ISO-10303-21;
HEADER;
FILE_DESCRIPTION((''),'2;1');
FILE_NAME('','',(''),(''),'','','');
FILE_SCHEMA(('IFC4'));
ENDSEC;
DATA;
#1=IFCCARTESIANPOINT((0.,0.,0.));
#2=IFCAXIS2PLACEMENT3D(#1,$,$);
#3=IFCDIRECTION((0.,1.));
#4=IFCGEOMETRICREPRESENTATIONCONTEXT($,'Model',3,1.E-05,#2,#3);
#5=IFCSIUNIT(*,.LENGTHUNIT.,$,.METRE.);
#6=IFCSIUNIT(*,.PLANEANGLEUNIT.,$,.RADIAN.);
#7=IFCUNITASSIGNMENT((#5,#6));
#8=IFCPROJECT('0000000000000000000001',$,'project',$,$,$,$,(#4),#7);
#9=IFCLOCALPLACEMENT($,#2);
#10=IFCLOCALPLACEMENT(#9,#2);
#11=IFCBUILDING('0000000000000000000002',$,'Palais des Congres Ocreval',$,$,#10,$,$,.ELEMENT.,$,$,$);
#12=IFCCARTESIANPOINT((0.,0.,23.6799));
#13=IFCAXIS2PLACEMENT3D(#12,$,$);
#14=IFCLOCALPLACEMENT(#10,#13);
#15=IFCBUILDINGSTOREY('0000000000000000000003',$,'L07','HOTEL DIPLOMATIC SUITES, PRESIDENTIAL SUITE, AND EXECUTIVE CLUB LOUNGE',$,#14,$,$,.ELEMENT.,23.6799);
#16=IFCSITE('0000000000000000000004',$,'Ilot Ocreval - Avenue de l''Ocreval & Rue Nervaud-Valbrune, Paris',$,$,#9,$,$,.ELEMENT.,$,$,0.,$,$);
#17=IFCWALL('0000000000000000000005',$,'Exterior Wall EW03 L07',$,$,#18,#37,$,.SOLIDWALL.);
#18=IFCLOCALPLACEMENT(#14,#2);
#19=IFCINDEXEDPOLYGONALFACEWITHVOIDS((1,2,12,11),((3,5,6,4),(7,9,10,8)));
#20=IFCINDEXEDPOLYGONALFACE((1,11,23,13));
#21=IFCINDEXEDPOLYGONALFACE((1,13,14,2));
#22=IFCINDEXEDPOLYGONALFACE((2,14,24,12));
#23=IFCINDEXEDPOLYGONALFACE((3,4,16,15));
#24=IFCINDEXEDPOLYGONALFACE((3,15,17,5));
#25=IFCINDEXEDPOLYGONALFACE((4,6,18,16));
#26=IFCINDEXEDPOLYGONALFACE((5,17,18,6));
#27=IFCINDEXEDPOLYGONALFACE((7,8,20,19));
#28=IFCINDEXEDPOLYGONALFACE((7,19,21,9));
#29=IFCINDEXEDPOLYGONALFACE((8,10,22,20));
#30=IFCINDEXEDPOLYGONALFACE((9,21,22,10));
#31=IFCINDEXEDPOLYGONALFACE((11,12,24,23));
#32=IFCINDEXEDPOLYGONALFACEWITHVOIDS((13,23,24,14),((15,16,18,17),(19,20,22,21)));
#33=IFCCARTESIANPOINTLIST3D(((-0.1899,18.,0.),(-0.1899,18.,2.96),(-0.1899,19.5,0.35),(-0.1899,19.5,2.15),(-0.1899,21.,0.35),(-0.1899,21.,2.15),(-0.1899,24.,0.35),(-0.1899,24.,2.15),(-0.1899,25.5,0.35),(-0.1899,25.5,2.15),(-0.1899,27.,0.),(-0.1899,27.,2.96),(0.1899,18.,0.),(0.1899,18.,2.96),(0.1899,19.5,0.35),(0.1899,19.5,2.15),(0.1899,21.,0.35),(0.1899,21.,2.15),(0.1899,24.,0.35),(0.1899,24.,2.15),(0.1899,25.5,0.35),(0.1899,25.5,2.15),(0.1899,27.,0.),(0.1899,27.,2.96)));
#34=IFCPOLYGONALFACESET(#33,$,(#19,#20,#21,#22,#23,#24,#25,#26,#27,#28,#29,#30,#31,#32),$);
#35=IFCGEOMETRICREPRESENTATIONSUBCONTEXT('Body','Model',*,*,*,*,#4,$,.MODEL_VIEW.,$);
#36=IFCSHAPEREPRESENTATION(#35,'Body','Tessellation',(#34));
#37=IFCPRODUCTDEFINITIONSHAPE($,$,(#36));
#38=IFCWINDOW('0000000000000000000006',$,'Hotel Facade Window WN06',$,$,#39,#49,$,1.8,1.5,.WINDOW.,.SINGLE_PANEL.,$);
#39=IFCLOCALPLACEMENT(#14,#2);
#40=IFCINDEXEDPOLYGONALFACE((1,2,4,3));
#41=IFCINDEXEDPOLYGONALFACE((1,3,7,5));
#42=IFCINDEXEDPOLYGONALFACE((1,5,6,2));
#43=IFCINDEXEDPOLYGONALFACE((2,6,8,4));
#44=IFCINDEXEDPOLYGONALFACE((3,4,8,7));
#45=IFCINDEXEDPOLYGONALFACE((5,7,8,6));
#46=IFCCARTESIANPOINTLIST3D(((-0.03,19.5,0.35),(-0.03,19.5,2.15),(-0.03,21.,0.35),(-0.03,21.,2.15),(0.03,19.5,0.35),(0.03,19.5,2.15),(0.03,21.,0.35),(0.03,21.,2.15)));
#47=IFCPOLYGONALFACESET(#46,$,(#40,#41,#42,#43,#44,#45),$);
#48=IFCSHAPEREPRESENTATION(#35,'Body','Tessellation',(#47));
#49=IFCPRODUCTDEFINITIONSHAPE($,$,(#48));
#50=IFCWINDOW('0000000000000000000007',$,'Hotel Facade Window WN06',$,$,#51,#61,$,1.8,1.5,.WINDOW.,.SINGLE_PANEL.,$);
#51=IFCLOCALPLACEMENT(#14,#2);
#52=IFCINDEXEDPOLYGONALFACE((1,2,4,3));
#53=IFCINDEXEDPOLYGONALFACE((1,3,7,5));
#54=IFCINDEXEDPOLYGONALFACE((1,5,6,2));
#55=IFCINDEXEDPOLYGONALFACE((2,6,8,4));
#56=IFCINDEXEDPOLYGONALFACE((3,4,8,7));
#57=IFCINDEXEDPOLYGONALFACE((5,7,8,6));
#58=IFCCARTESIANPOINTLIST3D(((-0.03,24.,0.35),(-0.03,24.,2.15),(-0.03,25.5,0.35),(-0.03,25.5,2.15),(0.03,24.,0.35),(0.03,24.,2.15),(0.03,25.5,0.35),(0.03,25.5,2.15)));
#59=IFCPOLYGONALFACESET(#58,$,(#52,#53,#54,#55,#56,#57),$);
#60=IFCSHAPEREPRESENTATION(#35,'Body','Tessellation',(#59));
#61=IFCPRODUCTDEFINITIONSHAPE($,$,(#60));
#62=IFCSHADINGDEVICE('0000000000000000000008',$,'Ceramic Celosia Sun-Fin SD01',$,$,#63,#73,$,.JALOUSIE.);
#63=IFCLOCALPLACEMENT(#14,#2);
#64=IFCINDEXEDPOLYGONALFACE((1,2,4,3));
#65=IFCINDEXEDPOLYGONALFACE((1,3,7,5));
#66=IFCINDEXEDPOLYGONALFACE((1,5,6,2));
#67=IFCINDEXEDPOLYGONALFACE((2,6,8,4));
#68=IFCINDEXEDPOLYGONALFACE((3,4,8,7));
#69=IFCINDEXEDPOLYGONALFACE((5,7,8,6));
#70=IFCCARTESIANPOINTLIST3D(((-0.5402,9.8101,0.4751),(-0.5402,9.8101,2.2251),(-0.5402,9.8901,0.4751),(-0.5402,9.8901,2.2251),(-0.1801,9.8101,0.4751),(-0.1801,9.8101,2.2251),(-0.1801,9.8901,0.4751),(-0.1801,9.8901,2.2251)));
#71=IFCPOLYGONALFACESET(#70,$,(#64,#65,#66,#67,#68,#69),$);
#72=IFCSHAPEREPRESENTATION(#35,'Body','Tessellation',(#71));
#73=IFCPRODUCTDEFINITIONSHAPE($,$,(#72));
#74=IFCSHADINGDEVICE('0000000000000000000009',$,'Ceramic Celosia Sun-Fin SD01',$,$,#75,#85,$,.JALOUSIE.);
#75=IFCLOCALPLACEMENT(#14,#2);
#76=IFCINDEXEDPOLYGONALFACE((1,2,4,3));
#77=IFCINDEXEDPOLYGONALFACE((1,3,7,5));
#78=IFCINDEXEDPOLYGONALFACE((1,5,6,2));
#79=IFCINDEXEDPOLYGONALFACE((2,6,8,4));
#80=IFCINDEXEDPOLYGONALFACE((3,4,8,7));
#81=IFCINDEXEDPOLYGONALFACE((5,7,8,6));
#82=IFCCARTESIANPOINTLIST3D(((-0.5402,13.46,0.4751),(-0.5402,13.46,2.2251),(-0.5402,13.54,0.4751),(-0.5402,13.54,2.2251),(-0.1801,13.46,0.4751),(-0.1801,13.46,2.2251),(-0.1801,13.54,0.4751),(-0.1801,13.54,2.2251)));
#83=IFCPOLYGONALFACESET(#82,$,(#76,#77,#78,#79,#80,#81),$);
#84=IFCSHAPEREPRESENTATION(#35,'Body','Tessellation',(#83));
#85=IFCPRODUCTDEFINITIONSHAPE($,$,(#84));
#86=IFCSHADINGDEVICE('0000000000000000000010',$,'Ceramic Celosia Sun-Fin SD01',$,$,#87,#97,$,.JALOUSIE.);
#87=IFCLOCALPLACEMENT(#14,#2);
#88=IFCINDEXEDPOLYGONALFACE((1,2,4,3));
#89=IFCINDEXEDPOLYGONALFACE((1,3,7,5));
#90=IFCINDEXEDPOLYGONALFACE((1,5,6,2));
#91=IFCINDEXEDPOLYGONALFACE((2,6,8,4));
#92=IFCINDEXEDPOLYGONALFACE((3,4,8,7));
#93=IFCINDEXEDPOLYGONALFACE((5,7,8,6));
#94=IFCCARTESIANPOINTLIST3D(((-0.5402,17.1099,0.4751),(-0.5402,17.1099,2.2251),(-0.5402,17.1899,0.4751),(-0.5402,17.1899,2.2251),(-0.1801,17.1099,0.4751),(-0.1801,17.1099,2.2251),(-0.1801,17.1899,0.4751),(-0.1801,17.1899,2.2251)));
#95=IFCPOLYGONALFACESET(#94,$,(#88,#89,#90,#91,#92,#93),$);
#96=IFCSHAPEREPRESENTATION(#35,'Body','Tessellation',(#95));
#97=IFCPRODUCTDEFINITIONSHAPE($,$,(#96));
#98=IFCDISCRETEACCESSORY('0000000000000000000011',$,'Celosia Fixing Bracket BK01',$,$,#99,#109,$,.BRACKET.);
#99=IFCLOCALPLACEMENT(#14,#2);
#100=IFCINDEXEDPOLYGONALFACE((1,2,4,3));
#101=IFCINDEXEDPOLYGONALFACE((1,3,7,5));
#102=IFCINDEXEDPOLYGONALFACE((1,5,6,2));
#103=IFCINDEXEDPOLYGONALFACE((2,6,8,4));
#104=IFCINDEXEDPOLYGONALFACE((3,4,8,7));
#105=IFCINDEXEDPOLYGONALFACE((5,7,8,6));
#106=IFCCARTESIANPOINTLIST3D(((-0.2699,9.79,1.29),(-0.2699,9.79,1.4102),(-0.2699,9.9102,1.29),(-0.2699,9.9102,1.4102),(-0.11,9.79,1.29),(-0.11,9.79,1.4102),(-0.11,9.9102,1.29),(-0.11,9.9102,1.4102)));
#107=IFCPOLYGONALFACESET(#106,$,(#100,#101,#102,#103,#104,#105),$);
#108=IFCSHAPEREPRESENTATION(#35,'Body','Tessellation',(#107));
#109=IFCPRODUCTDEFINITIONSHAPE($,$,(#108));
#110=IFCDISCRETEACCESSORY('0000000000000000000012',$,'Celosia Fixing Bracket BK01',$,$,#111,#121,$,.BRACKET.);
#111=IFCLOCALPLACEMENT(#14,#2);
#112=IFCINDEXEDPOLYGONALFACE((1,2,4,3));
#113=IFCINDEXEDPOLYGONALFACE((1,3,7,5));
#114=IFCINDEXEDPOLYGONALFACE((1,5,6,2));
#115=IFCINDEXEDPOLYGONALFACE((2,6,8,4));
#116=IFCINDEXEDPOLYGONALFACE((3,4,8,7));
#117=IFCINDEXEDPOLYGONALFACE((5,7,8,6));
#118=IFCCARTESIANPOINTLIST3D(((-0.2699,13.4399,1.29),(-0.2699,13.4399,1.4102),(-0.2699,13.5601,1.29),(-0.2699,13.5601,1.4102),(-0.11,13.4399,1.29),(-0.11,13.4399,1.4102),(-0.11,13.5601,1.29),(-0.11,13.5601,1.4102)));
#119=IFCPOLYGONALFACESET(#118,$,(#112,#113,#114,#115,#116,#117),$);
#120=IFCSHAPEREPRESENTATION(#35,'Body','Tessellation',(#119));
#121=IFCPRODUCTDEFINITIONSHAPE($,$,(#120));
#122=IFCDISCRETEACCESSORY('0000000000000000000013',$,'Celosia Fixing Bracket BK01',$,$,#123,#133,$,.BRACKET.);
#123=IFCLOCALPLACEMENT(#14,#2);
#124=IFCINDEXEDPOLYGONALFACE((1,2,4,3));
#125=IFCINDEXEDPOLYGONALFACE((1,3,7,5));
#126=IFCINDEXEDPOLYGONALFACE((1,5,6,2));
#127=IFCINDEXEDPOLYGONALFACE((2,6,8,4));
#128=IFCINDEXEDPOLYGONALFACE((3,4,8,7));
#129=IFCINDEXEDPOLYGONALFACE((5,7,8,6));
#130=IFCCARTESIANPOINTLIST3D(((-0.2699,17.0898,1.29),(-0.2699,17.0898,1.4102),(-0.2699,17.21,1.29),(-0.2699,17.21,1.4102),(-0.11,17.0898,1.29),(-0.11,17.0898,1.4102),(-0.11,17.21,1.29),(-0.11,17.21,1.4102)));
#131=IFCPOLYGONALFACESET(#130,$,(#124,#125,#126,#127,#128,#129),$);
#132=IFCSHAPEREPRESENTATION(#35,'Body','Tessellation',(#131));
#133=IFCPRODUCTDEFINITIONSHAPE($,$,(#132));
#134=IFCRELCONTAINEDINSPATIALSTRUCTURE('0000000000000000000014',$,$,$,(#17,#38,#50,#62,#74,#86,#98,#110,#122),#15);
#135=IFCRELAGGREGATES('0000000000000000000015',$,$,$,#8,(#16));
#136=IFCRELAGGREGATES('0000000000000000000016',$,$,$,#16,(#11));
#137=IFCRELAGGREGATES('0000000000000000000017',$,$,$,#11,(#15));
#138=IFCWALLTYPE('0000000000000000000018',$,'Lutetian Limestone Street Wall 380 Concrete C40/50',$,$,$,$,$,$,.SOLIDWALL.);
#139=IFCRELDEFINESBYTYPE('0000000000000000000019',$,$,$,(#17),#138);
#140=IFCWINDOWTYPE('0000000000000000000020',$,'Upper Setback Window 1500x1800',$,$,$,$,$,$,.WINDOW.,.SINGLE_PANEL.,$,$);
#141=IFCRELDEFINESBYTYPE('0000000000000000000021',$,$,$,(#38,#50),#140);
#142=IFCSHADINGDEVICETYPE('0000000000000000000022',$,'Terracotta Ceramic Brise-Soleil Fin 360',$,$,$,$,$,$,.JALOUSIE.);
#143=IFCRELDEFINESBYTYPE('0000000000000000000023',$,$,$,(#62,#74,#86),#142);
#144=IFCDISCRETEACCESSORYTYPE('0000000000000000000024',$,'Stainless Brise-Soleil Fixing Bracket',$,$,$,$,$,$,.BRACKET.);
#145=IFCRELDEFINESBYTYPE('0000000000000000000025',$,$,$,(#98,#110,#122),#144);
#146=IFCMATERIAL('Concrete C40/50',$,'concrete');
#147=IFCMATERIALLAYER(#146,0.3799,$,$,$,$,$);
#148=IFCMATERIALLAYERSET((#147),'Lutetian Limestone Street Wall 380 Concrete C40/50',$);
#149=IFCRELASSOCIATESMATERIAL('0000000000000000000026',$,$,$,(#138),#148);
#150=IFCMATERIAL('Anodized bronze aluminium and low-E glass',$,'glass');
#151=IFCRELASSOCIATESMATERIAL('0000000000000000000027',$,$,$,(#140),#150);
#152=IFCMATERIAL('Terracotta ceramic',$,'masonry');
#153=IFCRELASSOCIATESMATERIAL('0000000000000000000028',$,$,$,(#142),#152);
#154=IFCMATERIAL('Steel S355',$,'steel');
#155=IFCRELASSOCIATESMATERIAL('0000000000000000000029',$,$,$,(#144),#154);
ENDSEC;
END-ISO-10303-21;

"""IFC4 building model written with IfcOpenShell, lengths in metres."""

from ifc_helpers import new_model, si_unit, direction, frame, frame_2d, origin, origin_2d, place, context, subcontext, project, spatial, rectangle, extrude, material, layer, layer_set, type_object, element, fill, save


model = new_model("IFC4")

# Units and contexts
model_context = context("Model", 3, precision=1e-05, world=origin(), true_north=direction((0.0, 1.0)))
body_context = subcontext(model_context, "Body", "Model", "MODEL_VIEW")
ifc_project = project(units=[si_unit("LENGTHUNIT", "METRE"), si_unit("PLANEANGLEUNIT", "RADIAN")], contexts=[model_context])

# Site, building, storey
site_placement = place(None, origin())
site = spatial("IfcSite", under=ifc_project, at=site_placement, Name="Ilot Ocreval - Avenue de l'Ocreval & Rue Nervaud-Valbrune, Paris", CompositionType="ELEMENT", RefElevation=0.0)
building_placement = place(site_placement, origin())
building = spatial("IfcBuilding", under=site, at=building_placement, Name="Palais des Congres Ocreval", CompositionType="ELEMENT")
storey_placement = place(building_placement, frame((0.0, 0.0, 23.6799)))
storey = spatial("IfcBuildingStorey", under=building, at=storey_placement, Name="L07", Description="HOTEL DIPLOMATIC SUITES, PRESIDENTIAL SUITE, AND EXECUTIVE CLUB LOUNGE", CompositionType="ELEMENT", Elevation=23.6799)

# Shared definitions
ifc_material_1 = material(Name="Steel S355", Category="steel")
ifc_material_2 = material(Name="Concrete C40/50", Category="concrete")

# Wall, openings, windows
ifc_layer_1 = layer(ifc_material_2, 0.3799)
ifc_layer_set_1 = layer_set([ifc_layer_1], Name="Lutetian Limestone Street Wall 380 Concrete C40/50")
wall_type_1 = type_object("IfcWallType", Name="Lutetian Limestone Street Wall 380 Concrete C40/50", PredefinedType="SOLIDWALL", material=ifc_layer_set_1)
wall_1_placement = place(storey_placement, frame((0.0, 18.0, 0.0), z_axis=(0.0, 0.0, 1.0), x_axis=(0.0, 1.0, 0.0)))
wall_1 = element("IfcWall", 1, at=wall_1_placement, inside=storey, type_object=wall_type_1, Name="Exterior Wall EW03 L07", PredefinedType="SOLIDWALL", context=body_context, shape_type="SweptSolid", body=[
    extrude(rectangle(XDim=9.0, YDim=0.3799, at=frame_2d((4.5, 0.0))), origin(), (0.0, 0.0, 1.0), 2.96),
])
opening_1_placement = place(wall_1_placement, frame((1.5, 0.0, 0.3501)))
opening_1 = element("IfcOpeningElement", 2, at=opening_1_placement, cuts=wall_1, PredefinedType="OPENING", context=body_context, shape_type="SweptSolid", body=[
    extrude(rectangle(XDim=1.5, YDim=1.8, at=frame_2d((0.75, 0.8999))), frame((0.0, 0.2, 0.0), z_axis=(0.0, -1.0, 0.0), x_axis=(1.0, 0.0, 0.0)), (0.0, 0.0, 1.0), 0.3999),
])
opening_2_placement = place(wall_1_placement, frame((6.0, 0.0, 0.3501)))
opening_2 = element("IfcOpeningElement", 3, at=opening_2_placement, cuts=wall_1, PredefinedType="OPENING", context=body_context, shape_type="SweptSolid", body=[
    extrude(rectangle(XDim=1.5, YDim=1.8, at=frame_2d((0.75, 0.8999))), frame((0.0, 0.2, 0.0), z_axis=(0.0, -1.0, 0.0), x_axis=(1.0, 0.0, 0.0)), (0.0, 0.0, 1.0), 0.3999),
])
ifc_material_3 = material(Name="Anodized bronze aluminium and low-E glass", Category="glass")
window_type = type_object("IfcWindowType", Name="Upper Setback Window 1500x1800", PartitioningType="SINGLE_PANEL", PredefinedType="WINDOW", material=ifc_material_3)
window_1_placement = place(opening_1_placement, origin())
window_1 = element("IfcWindow", 4, at=window_1_placement, inside=storey, type_object=window_type, Name="Hotel Facade Window WN06", OverallHeight=1.8, OverallWidth=1.5, PartitioningType="SINGLE_PANEL", PredefinedType="WINDOW", context=body_context, shape_type="SweptSolid", body=[
    extrude(rectangle(XDim=1.5, YDim=1.8, at=frame_2d((0.75, 0.8999))), frame((0.0, 0.03, 0.0), z_axis=(0.0, -1.0, 0.0), x_axis=(1.0, 0.0, 0.0)), (0.0, 0.0, 1.0), 0.0601),
])
fill(opening_1, window_1)
window_2_placement = place(opening_2_placement, origin())
window_2 = element("IfcWindow", 5, at=window_2_placement, inside=storey, type_object=window_type, Name="Hotel Facade Window WN06", OverallHeight=1.8, OverallWidth=1.5, PartitioningType="SINGLE_PANEL", PredefinedType="WINDOW", context=body_context, shape_type="SweptSolid", body=[
    extrude(rectangle(XDim=1.5, YDim=1.8, at=frame_2d((0.75, 0.8999))), frame((0.0, 0.03, 0.0), z_axis=(0.0, -1.0, 0.0), x_axis=(1.0, 0.0, 0.0)), (0.0, 0.0, 1.0), 0.0601),
])
fill(opening_2, window_2)

# Shading devices
ifc_material_4 = material(Name="Terracotta ceramic", Category="masonry")
shading_device_type = type_object("IfcShadingDeviceType", Name="Terracotta Ceramic Brise-Soleil Fin 360", PredefinedType="JALOUSIE", material=ifc_material_4)
for number, where, z_axis, x_axis, name in (
    (6, (-0.3601, 9.8501, 0.4751), (0.0, 0.0, 1.0), (-1.0, 0.0, 0.0), "Ceramic Celosia Sun-Fin SD01"),
    (7, (-0.3601, 13.5, 0.4751), (0.0, 0.0, 1.0), (-1.0, 0.0, 0.0), "Ceramic Celosia Sun-Fin SD01"),
    (8, (-0.3601, 17.1499, 0.4751), (0.0, 0.0, 1.0), (-1.0, 0.0, 0.0), "Ceramic Celosia Sun-Fin SD01"),
):
    element("IfcShadingDevice", number, at=place(storey_placement, frame(where, z_axis=z_axis, x_axis=x_axis)), inside=storey, type_object=shading_device_type, Name=name, PredefinedType="JALOUSIE", context=body_context, shape_type="SweptSolid", body=[
        extrude(rectangle(XDim=0.3601, YDim=0.0801, at=origin_2d()), origin(), (0.0, 0.0, 1.0), 1.75),
    ])

# Discrete accessories
discrete_accessory_type = type_object("IfcDiscreteAccessoryType", Name="Stainless Brise-Soleil Fixing Bracket", PredefinedType="BRACKET", material=ifc_material_1)
for number, where, z_axis, x_axis, name in (
    (9, (-0.1899, 9.8501, 1.29), (0.0, 0.0, 1.0), (-1.0, 0.0, 0.0), "Celosia Fixing Bracket BK01"),
    (10, (-0.1899, 13.5, 1.29), (0.0, 0.0, 1.0), (-1.0, 0.0, 0.0), "Celosia Fixing Bracket BK01"),
    (11, (-0.1899, 17.1499, 1.29), (0.0, 0.0, 1.0), (-1.0, 0.0, 0.0), "Celosia Fixing Bracket BK01"),
):
    element("IfcDiscreteAccessory", number, at=place(storey_placement, frame(where, z_axis=z_axis, x_axis=x_axis)), inside=storey, type_object=discrete_accessory_type, Name=name, PredefinedType="BRACKET", context=body_context, shape_type="SweptSolid", body=[
        extrude(rectangle(XDim=0.1599, YDim=0.1201, at=origin_2d()), origin(), (0.0, 0.0, 1.0), 0.1201),
    ])

save(model, "model.ifc")
